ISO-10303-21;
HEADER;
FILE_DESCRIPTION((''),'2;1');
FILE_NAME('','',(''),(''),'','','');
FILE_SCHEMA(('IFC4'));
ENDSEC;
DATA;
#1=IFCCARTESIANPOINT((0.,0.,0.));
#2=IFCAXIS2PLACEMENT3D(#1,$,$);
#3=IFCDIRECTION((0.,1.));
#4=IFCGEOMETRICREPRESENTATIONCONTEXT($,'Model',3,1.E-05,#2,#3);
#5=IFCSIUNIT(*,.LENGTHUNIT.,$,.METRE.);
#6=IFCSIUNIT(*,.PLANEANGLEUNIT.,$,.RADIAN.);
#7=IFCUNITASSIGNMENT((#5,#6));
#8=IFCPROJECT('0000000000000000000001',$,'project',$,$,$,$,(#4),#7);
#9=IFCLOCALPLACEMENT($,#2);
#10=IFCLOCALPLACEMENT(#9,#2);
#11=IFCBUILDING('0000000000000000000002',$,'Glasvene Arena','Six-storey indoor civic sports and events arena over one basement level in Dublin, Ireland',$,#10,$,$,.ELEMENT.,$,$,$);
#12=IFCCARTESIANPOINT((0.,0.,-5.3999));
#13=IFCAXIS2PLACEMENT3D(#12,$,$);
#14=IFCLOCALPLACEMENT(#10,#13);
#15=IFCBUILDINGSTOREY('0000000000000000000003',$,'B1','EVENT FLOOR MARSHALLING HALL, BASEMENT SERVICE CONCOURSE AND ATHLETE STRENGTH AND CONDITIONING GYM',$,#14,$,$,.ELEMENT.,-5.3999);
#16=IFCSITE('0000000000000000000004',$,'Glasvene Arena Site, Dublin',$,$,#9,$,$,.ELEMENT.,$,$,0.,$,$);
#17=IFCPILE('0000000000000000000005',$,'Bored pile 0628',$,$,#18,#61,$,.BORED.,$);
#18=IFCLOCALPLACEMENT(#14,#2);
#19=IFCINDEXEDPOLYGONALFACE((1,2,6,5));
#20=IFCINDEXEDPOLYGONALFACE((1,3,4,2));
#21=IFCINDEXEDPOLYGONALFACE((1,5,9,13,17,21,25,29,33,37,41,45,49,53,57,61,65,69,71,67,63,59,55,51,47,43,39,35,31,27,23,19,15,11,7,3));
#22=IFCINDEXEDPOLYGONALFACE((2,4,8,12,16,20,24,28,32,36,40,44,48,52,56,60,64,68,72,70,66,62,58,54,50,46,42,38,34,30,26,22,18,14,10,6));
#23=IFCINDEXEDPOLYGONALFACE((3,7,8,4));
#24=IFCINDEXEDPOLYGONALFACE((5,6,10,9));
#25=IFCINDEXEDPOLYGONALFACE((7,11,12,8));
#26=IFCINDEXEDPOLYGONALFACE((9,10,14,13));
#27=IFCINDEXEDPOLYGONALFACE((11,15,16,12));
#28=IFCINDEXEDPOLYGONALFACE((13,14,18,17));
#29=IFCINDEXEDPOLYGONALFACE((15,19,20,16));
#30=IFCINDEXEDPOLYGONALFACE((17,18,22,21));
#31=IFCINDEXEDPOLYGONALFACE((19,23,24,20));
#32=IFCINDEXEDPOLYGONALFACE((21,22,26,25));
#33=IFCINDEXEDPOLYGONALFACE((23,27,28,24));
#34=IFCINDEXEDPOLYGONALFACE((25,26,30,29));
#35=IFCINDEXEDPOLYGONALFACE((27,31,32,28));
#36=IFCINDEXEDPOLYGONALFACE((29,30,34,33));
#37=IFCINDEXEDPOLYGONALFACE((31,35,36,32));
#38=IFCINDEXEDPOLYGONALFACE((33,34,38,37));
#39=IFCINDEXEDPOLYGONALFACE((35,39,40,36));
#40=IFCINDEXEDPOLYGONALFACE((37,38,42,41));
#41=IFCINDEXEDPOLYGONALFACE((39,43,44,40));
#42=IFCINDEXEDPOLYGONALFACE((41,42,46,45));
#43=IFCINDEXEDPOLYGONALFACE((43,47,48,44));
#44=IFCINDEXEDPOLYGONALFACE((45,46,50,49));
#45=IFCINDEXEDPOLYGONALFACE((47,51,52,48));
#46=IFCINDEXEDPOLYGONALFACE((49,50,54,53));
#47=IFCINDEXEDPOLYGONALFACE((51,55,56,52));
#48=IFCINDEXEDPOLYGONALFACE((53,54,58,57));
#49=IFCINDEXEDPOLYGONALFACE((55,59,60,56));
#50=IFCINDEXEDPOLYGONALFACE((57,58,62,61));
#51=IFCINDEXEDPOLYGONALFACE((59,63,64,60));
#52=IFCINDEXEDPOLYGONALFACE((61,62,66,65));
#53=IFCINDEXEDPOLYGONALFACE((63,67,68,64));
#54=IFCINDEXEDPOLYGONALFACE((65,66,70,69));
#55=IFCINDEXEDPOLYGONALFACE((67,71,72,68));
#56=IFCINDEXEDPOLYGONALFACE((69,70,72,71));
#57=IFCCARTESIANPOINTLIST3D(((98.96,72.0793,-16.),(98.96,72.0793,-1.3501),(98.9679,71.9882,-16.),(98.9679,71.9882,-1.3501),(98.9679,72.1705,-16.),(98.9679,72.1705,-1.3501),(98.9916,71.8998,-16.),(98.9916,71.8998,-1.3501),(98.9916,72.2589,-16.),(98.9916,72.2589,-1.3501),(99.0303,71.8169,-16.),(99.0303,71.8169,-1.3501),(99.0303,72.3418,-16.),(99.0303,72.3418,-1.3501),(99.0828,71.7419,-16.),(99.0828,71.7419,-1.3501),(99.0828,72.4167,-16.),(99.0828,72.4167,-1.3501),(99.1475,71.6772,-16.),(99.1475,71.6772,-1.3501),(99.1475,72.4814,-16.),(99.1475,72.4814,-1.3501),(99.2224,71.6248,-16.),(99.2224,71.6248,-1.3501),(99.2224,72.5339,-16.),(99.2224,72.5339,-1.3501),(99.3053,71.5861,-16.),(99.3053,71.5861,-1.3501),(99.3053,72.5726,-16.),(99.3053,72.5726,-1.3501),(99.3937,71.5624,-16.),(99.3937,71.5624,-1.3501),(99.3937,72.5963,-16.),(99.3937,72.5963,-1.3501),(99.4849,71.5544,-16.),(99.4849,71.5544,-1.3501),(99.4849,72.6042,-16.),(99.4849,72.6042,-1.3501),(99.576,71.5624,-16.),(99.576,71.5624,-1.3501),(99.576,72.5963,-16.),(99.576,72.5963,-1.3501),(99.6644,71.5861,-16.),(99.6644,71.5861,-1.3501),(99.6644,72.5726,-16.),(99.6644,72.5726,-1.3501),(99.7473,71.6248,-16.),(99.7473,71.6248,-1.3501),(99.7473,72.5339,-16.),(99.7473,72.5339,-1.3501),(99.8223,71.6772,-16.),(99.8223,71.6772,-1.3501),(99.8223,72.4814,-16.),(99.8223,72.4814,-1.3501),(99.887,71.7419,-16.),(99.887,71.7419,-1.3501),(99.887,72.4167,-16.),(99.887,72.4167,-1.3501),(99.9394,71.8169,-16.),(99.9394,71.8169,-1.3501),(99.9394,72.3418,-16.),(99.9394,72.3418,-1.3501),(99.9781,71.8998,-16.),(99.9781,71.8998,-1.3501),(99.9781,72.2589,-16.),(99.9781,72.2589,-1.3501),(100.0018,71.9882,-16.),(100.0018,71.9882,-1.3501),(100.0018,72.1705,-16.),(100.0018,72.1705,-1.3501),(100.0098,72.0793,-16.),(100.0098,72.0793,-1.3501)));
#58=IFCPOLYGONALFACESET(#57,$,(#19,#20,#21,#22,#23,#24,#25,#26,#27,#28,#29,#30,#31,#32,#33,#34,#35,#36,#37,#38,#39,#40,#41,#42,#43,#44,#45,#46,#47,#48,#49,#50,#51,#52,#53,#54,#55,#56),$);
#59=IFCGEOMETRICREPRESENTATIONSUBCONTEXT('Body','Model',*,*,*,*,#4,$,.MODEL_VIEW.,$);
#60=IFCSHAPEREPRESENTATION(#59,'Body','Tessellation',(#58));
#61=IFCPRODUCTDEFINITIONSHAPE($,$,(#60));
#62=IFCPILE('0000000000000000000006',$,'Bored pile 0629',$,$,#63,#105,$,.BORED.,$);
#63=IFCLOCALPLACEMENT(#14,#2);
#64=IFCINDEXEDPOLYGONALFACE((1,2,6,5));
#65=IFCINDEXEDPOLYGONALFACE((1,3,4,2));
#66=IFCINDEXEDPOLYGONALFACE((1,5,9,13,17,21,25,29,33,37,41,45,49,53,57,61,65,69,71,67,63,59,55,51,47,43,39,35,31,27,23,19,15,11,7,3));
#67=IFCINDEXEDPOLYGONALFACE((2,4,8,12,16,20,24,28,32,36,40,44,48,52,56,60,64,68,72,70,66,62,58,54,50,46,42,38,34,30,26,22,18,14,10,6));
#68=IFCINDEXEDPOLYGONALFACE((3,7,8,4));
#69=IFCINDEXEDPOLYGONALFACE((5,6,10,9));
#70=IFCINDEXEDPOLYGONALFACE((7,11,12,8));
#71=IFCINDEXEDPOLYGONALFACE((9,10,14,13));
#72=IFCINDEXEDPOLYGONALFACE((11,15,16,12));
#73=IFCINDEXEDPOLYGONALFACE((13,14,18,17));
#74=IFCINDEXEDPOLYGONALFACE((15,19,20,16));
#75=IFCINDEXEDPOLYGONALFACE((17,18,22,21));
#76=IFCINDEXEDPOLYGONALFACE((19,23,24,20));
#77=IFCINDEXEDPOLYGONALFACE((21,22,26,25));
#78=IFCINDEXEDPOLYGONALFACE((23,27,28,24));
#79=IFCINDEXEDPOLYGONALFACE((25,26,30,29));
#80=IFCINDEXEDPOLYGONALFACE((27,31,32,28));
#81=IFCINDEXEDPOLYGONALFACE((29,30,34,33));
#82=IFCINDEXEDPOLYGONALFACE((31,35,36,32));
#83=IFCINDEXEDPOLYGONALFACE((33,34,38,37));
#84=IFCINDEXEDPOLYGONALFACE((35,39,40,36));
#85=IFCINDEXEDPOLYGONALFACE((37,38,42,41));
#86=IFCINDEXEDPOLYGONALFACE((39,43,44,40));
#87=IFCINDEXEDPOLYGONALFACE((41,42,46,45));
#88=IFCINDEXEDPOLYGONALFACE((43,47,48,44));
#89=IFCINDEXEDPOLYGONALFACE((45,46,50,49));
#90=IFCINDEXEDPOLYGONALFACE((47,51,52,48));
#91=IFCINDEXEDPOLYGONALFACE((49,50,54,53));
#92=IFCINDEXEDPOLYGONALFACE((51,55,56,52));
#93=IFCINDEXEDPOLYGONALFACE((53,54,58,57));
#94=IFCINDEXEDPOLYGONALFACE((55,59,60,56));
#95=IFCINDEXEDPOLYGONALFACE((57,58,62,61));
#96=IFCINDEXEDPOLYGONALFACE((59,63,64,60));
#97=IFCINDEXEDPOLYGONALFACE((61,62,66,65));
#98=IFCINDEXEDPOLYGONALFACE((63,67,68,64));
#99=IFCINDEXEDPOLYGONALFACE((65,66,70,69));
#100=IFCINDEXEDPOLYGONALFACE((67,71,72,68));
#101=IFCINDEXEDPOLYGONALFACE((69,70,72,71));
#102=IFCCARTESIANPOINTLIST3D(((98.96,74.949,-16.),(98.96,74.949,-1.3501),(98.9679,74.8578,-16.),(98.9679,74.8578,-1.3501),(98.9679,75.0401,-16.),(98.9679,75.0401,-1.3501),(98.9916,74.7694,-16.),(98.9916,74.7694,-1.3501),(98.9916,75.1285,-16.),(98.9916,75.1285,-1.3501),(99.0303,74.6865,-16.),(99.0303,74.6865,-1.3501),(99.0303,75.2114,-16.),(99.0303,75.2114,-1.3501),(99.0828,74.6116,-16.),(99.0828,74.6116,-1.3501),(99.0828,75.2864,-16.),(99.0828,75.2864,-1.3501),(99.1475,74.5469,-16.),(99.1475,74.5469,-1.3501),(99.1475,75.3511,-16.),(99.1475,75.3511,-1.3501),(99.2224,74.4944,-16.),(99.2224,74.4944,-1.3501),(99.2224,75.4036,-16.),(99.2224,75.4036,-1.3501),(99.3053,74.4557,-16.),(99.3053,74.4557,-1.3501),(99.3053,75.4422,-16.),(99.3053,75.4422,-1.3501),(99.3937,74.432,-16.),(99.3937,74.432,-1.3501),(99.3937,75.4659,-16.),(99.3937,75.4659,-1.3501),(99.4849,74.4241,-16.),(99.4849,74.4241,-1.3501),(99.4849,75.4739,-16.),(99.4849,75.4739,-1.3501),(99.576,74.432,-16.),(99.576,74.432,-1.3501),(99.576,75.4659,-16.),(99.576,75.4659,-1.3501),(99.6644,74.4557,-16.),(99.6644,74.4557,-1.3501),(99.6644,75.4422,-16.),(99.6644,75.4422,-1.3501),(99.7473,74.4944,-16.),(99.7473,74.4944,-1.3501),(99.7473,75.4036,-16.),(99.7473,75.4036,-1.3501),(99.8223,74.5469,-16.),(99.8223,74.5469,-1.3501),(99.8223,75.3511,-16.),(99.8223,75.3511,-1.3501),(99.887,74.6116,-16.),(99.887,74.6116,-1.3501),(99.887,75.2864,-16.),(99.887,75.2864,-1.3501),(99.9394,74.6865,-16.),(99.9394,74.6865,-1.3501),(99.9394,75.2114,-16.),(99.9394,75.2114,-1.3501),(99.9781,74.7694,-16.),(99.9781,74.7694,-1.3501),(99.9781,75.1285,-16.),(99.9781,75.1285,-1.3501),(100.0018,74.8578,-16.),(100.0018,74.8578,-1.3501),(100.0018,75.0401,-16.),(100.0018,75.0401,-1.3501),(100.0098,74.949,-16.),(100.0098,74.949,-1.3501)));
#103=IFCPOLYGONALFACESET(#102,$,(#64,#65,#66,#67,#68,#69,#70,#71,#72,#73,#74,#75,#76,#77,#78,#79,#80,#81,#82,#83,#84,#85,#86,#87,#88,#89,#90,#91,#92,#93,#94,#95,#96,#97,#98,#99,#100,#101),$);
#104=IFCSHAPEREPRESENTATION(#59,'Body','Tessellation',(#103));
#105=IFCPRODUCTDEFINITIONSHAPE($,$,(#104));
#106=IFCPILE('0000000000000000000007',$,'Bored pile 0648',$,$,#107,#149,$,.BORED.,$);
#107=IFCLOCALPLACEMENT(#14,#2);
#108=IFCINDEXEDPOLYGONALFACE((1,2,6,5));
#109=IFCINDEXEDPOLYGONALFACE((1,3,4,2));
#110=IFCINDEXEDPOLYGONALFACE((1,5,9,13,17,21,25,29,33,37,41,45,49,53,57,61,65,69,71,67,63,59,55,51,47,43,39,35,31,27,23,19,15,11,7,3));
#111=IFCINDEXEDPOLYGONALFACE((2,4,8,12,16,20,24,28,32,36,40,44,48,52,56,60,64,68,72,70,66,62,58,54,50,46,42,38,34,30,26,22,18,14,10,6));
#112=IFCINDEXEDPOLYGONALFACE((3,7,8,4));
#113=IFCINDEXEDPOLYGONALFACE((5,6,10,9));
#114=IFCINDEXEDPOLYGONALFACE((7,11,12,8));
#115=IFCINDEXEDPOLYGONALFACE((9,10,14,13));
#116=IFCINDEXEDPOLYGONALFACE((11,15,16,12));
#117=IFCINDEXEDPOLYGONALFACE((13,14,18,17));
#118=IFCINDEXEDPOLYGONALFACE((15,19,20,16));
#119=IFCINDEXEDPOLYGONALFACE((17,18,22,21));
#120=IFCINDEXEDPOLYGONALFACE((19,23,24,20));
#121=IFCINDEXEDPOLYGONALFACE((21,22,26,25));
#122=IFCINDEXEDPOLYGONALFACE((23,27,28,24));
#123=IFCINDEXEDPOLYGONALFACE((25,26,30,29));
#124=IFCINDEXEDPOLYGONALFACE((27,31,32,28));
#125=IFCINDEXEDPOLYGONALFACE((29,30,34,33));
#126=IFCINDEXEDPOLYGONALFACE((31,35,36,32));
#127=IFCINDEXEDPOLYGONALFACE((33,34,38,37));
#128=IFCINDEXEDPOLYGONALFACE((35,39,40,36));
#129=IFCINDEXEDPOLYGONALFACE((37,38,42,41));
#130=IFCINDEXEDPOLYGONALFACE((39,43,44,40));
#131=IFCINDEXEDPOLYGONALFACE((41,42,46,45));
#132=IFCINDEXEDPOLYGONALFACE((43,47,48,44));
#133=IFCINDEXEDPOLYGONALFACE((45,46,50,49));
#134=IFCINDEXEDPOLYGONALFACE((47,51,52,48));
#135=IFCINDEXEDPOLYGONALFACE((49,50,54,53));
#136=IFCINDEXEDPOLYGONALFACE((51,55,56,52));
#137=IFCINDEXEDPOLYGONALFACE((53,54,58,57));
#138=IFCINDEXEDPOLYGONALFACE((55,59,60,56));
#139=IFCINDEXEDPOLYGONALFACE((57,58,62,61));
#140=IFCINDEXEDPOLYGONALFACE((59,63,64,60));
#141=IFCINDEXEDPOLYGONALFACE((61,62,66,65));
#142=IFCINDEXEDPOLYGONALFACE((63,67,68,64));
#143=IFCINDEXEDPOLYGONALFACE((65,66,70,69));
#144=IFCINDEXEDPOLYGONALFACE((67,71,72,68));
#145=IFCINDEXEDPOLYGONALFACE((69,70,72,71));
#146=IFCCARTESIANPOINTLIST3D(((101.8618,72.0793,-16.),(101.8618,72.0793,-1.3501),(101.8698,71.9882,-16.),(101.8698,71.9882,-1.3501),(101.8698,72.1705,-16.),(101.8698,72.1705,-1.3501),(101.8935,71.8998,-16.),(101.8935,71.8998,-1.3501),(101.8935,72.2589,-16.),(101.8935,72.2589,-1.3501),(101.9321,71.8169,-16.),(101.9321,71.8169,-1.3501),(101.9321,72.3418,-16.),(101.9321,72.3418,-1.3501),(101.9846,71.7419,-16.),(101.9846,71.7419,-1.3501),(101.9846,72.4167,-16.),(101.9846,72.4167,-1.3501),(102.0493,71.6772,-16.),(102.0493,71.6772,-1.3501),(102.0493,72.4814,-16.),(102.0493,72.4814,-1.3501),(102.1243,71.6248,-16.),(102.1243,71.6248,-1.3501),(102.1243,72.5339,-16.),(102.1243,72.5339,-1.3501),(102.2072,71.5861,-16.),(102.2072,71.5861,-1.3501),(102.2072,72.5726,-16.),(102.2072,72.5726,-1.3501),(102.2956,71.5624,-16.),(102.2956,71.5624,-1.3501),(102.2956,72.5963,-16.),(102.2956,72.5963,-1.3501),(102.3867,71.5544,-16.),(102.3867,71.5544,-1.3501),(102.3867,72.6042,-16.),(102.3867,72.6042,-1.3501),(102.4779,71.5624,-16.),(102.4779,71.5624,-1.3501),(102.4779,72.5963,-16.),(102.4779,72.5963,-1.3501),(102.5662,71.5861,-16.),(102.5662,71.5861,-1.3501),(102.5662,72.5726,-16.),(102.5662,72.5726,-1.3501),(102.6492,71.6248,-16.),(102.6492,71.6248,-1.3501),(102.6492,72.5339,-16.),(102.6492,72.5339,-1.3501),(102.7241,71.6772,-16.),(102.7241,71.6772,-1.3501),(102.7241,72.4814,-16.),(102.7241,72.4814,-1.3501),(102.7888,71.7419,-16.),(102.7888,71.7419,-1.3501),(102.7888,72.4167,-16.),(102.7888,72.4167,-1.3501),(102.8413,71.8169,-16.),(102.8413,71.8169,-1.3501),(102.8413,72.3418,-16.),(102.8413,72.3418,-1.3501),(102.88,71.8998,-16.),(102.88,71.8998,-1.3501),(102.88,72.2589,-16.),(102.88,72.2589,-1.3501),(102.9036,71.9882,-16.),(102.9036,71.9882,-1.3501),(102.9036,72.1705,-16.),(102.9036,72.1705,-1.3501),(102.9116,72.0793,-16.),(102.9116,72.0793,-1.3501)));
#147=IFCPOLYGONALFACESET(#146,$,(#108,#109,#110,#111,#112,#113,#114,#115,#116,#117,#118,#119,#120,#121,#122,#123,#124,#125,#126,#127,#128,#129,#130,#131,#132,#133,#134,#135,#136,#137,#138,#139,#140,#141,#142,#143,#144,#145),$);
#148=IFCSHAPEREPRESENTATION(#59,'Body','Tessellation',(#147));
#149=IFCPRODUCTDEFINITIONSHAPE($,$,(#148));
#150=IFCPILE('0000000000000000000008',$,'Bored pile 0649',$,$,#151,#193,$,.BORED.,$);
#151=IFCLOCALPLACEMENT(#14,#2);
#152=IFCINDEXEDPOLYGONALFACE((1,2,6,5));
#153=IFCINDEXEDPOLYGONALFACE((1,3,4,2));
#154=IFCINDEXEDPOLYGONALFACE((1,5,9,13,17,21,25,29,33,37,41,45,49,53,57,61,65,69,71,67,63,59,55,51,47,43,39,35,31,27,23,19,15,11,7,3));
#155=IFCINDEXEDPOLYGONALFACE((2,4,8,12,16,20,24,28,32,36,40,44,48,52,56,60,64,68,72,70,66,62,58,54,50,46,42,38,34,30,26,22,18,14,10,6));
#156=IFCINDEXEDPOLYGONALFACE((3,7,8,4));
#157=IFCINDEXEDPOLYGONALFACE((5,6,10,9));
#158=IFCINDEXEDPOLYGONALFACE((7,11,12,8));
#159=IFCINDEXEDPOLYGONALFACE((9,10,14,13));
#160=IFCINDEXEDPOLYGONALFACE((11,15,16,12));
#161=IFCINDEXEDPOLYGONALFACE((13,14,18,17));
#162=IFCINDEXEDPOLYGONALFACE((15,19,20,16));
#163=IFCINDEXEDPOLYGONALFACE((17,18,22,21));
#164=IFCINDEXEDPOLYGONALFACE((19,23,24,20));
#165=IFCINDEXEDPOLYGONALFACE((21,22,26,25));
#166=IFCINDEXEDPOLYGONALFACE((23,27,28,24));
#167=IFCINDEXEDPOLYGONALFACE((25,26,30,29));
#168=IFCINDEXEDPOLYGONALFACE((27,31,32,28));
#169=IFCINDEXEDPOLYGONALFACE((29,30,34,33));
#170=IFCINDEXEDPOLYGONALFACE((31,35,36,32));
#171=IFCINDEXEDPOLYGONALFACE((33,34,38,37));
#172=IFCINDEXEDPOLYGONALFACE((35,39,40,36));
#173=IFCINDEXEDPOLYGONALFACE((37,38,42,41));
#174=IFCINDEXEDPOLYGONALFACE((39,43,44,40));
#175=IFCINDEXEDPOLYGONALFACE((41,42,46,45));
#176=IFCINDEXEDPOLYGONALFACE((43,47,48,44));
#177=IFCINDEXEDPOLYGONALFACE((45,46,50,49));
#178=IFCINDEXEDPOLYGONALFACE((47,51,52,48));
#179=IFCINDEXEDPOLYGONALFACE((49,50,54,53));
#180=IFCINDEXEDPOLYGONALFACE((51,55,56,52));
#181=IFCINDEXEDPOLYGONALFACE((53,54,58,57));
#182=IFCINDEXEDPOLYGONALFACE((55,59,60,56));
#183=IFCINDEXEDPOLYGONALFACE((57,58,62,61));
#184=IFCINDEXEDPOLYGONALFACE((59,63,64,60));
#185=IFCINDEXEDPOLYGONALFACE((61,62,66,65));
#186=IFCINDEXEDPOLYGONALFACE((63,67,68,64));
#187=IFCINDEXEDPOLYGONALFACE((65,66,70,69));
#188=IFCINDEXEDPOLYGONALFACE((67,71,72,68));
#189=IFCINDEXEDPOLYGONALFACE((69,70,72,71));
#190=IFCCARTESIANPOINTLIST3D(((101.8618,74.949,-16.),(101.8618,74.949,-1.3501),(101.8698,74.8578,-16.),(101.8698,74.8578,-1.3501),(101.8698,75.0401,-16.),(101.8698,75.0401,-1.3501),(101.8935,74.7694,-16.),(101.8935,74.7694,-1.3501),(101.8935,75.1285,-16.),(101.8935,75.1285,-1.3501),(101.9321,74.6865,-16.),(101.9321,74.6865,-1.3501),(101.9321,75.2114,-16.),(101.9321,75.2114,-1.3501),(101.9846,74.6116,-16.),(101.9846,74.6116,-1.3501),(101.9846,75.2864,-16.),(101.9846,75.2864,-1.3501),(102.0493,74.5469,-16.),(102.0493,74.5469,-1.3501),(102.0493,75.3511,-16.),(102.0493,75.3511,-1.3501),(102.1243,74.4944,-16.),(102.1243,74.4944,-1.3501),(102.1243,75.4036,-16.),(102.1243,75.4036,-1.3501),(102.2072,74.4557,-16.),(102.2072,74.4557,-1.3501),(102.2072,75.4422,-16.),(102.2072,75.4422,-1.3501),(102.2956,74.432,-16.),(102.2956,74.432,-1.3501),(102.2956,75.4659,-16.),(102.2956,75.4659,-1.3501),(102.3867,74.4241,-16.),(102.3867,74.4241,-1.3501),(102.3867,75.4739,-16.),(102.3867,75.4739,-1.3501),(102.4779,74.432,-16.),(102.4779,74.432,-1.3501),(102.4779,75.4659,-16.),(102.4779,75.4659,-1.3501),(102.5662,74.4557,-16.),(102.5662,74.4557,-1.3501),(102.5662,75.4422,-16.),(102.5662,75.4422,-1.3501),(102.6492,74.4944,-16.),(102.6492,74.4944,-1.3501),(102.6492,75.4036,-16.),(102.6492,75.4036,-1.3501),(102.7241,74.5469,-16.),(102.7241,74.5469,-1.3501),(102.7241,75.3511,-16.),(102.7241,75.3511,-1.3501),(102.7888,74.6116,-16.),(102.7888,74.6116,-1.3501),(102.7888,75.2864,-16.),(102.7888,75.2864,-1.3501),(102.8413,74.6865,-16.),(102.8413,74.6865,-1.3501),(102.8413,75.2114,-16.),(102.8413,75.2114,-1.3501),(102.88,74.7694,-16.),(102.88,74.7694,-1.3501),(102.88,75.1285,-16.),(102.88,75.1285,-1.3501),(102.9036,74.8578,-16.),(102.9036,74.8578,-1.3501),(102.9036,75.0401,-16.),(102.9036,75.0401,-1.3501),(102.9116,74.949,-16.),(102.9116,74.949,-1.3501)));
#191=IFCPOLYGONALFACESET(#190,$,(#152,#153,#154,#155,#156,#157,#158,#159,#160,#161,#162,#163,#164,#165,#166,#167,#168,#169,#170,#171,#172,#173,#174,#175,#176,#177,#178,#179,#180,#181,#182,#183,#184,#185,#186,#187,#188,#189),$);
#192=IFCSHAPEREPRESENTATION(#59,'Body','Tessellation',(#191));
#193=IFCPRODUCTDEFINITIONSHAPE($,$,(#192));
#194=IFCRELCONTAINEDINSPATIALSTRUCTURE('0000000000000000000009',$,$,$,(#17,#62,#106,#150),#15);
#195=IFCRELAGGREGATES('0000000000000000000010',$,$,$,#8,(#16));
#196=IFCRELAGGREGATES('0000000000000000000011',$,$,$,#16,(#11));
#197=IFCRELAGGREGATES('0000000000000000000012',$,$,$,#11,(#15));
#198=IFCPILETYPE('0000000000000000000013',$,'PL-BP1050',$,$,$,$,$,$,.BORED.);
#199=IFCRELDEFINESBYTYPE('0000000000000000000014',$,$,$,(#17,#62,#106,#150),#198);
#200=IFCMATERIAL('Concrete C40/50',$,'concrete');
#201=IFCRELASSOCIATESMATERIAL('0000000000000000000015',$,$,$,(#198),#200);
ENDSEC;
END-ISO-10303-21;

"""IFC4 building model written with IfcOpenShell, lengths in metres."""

from ifc_helpers import new_model, si_unit, direction, frame, origin, origin_2d, place, context, subcontext, project, spatial, circle, extrude, material, material_profile, profile_set, type_object, element, save


model = new_model("IFC4")

# Units and contexts
model_context = context("Model", 3, precision=1e-05, world=origin(), true_north=direction((0.0, 1.0)))
body_context = subcontext(model_context, "Body", "Model", "MODEL_VIEW")
ifc_project = project(units=[si_unit("LENGTHUNIT", "METRE"), si_unit("PLANEANGLEUNIT", "RADIAN")], contexts=[model_context])

# Site, building, storey
site_placement = place(None, origin())
site = spatial("IfcSite", under=ifc_project, at=site_placement, Name="Glasvene Arena Site, Dublin", CompositionType="ELEMENT", RefElevation=0.0)
building_placement = place(site_placement, origin())
building = spatial("IfcBuilding", under=site, at=building_placement, Name="Glasvene Arena", Description="Six-storey indoor civic sports and events arena over one basement level in Dublin, Ireland", CompositionType="ELEMENT")
storey_placement = place(building_placement, frame((0.0, 0.0, -5.3999)))
storey = spatial("IfcBuildingStorey", under=building, at=storey_placement, Name="B1", Description="EVENT FLOOR MARSHALLING HALL, BASEMENT SERVICE CONCOURSE AND ATHLETE STRENGTH AND CONDITIONING GYM", CompositionType="ELEMENT", Elevation=-5.3999)

# Shared definitions
ifc_material = material(Name="Concrete C40/50", Category="concrete")

# Piles
ifc_material_profile = material_profile(ifc_material, circle(Radius=0.5249, at=origin_2d()), Name="BORED PILE 1050")
ifc_profile_set = profile_set([ifc_material_profile], Name="Concrete C40/50")
pile_type = type_object("IfcPileType", Name="PL-BP1050", PredefinedType="BORED", material=ifc_profile_set)
for number, where, z_axis, x_axis, name in (
    (1, (99.4849, 72.0793, -1.3501), (0.0, 0.0, -1.0), (1.0, 0.0, 0.0), "Bored pile 0628"),
    (2, (99.4849, 74.949, -1.3501), (0.0, 0.0, -1.0), (1.0, 0.0, 0.0), "Bored pile 0629"),
    (3, (102.3867, 72.0793, -1.3501), (0.0, 0.0, -1.0), (1.0, 0.0, 0.0), "Bored pile 0648"),
    (4, (102.3867, 74.949, -1.3501), (0.0, 0.0, -1.0), (1.0, 0.0, 0.0), "Bored pile 0649"),
):
    element("IfcPile", number, at=place(storey_placement, frame(where, z_axis=z_axis, x_axis=x_axis)), inside=storey, type_object=pile_type, Name=name, PredefinedType="BORED", context=body_context, shape_type="SweptSolid", body=[
        extrude(circle(Radius=0.5249, at=origin_2d()), origin(), (0.0, 0.0, 1.0), 14.6499),
    ])

save(model, "model.ifc")
